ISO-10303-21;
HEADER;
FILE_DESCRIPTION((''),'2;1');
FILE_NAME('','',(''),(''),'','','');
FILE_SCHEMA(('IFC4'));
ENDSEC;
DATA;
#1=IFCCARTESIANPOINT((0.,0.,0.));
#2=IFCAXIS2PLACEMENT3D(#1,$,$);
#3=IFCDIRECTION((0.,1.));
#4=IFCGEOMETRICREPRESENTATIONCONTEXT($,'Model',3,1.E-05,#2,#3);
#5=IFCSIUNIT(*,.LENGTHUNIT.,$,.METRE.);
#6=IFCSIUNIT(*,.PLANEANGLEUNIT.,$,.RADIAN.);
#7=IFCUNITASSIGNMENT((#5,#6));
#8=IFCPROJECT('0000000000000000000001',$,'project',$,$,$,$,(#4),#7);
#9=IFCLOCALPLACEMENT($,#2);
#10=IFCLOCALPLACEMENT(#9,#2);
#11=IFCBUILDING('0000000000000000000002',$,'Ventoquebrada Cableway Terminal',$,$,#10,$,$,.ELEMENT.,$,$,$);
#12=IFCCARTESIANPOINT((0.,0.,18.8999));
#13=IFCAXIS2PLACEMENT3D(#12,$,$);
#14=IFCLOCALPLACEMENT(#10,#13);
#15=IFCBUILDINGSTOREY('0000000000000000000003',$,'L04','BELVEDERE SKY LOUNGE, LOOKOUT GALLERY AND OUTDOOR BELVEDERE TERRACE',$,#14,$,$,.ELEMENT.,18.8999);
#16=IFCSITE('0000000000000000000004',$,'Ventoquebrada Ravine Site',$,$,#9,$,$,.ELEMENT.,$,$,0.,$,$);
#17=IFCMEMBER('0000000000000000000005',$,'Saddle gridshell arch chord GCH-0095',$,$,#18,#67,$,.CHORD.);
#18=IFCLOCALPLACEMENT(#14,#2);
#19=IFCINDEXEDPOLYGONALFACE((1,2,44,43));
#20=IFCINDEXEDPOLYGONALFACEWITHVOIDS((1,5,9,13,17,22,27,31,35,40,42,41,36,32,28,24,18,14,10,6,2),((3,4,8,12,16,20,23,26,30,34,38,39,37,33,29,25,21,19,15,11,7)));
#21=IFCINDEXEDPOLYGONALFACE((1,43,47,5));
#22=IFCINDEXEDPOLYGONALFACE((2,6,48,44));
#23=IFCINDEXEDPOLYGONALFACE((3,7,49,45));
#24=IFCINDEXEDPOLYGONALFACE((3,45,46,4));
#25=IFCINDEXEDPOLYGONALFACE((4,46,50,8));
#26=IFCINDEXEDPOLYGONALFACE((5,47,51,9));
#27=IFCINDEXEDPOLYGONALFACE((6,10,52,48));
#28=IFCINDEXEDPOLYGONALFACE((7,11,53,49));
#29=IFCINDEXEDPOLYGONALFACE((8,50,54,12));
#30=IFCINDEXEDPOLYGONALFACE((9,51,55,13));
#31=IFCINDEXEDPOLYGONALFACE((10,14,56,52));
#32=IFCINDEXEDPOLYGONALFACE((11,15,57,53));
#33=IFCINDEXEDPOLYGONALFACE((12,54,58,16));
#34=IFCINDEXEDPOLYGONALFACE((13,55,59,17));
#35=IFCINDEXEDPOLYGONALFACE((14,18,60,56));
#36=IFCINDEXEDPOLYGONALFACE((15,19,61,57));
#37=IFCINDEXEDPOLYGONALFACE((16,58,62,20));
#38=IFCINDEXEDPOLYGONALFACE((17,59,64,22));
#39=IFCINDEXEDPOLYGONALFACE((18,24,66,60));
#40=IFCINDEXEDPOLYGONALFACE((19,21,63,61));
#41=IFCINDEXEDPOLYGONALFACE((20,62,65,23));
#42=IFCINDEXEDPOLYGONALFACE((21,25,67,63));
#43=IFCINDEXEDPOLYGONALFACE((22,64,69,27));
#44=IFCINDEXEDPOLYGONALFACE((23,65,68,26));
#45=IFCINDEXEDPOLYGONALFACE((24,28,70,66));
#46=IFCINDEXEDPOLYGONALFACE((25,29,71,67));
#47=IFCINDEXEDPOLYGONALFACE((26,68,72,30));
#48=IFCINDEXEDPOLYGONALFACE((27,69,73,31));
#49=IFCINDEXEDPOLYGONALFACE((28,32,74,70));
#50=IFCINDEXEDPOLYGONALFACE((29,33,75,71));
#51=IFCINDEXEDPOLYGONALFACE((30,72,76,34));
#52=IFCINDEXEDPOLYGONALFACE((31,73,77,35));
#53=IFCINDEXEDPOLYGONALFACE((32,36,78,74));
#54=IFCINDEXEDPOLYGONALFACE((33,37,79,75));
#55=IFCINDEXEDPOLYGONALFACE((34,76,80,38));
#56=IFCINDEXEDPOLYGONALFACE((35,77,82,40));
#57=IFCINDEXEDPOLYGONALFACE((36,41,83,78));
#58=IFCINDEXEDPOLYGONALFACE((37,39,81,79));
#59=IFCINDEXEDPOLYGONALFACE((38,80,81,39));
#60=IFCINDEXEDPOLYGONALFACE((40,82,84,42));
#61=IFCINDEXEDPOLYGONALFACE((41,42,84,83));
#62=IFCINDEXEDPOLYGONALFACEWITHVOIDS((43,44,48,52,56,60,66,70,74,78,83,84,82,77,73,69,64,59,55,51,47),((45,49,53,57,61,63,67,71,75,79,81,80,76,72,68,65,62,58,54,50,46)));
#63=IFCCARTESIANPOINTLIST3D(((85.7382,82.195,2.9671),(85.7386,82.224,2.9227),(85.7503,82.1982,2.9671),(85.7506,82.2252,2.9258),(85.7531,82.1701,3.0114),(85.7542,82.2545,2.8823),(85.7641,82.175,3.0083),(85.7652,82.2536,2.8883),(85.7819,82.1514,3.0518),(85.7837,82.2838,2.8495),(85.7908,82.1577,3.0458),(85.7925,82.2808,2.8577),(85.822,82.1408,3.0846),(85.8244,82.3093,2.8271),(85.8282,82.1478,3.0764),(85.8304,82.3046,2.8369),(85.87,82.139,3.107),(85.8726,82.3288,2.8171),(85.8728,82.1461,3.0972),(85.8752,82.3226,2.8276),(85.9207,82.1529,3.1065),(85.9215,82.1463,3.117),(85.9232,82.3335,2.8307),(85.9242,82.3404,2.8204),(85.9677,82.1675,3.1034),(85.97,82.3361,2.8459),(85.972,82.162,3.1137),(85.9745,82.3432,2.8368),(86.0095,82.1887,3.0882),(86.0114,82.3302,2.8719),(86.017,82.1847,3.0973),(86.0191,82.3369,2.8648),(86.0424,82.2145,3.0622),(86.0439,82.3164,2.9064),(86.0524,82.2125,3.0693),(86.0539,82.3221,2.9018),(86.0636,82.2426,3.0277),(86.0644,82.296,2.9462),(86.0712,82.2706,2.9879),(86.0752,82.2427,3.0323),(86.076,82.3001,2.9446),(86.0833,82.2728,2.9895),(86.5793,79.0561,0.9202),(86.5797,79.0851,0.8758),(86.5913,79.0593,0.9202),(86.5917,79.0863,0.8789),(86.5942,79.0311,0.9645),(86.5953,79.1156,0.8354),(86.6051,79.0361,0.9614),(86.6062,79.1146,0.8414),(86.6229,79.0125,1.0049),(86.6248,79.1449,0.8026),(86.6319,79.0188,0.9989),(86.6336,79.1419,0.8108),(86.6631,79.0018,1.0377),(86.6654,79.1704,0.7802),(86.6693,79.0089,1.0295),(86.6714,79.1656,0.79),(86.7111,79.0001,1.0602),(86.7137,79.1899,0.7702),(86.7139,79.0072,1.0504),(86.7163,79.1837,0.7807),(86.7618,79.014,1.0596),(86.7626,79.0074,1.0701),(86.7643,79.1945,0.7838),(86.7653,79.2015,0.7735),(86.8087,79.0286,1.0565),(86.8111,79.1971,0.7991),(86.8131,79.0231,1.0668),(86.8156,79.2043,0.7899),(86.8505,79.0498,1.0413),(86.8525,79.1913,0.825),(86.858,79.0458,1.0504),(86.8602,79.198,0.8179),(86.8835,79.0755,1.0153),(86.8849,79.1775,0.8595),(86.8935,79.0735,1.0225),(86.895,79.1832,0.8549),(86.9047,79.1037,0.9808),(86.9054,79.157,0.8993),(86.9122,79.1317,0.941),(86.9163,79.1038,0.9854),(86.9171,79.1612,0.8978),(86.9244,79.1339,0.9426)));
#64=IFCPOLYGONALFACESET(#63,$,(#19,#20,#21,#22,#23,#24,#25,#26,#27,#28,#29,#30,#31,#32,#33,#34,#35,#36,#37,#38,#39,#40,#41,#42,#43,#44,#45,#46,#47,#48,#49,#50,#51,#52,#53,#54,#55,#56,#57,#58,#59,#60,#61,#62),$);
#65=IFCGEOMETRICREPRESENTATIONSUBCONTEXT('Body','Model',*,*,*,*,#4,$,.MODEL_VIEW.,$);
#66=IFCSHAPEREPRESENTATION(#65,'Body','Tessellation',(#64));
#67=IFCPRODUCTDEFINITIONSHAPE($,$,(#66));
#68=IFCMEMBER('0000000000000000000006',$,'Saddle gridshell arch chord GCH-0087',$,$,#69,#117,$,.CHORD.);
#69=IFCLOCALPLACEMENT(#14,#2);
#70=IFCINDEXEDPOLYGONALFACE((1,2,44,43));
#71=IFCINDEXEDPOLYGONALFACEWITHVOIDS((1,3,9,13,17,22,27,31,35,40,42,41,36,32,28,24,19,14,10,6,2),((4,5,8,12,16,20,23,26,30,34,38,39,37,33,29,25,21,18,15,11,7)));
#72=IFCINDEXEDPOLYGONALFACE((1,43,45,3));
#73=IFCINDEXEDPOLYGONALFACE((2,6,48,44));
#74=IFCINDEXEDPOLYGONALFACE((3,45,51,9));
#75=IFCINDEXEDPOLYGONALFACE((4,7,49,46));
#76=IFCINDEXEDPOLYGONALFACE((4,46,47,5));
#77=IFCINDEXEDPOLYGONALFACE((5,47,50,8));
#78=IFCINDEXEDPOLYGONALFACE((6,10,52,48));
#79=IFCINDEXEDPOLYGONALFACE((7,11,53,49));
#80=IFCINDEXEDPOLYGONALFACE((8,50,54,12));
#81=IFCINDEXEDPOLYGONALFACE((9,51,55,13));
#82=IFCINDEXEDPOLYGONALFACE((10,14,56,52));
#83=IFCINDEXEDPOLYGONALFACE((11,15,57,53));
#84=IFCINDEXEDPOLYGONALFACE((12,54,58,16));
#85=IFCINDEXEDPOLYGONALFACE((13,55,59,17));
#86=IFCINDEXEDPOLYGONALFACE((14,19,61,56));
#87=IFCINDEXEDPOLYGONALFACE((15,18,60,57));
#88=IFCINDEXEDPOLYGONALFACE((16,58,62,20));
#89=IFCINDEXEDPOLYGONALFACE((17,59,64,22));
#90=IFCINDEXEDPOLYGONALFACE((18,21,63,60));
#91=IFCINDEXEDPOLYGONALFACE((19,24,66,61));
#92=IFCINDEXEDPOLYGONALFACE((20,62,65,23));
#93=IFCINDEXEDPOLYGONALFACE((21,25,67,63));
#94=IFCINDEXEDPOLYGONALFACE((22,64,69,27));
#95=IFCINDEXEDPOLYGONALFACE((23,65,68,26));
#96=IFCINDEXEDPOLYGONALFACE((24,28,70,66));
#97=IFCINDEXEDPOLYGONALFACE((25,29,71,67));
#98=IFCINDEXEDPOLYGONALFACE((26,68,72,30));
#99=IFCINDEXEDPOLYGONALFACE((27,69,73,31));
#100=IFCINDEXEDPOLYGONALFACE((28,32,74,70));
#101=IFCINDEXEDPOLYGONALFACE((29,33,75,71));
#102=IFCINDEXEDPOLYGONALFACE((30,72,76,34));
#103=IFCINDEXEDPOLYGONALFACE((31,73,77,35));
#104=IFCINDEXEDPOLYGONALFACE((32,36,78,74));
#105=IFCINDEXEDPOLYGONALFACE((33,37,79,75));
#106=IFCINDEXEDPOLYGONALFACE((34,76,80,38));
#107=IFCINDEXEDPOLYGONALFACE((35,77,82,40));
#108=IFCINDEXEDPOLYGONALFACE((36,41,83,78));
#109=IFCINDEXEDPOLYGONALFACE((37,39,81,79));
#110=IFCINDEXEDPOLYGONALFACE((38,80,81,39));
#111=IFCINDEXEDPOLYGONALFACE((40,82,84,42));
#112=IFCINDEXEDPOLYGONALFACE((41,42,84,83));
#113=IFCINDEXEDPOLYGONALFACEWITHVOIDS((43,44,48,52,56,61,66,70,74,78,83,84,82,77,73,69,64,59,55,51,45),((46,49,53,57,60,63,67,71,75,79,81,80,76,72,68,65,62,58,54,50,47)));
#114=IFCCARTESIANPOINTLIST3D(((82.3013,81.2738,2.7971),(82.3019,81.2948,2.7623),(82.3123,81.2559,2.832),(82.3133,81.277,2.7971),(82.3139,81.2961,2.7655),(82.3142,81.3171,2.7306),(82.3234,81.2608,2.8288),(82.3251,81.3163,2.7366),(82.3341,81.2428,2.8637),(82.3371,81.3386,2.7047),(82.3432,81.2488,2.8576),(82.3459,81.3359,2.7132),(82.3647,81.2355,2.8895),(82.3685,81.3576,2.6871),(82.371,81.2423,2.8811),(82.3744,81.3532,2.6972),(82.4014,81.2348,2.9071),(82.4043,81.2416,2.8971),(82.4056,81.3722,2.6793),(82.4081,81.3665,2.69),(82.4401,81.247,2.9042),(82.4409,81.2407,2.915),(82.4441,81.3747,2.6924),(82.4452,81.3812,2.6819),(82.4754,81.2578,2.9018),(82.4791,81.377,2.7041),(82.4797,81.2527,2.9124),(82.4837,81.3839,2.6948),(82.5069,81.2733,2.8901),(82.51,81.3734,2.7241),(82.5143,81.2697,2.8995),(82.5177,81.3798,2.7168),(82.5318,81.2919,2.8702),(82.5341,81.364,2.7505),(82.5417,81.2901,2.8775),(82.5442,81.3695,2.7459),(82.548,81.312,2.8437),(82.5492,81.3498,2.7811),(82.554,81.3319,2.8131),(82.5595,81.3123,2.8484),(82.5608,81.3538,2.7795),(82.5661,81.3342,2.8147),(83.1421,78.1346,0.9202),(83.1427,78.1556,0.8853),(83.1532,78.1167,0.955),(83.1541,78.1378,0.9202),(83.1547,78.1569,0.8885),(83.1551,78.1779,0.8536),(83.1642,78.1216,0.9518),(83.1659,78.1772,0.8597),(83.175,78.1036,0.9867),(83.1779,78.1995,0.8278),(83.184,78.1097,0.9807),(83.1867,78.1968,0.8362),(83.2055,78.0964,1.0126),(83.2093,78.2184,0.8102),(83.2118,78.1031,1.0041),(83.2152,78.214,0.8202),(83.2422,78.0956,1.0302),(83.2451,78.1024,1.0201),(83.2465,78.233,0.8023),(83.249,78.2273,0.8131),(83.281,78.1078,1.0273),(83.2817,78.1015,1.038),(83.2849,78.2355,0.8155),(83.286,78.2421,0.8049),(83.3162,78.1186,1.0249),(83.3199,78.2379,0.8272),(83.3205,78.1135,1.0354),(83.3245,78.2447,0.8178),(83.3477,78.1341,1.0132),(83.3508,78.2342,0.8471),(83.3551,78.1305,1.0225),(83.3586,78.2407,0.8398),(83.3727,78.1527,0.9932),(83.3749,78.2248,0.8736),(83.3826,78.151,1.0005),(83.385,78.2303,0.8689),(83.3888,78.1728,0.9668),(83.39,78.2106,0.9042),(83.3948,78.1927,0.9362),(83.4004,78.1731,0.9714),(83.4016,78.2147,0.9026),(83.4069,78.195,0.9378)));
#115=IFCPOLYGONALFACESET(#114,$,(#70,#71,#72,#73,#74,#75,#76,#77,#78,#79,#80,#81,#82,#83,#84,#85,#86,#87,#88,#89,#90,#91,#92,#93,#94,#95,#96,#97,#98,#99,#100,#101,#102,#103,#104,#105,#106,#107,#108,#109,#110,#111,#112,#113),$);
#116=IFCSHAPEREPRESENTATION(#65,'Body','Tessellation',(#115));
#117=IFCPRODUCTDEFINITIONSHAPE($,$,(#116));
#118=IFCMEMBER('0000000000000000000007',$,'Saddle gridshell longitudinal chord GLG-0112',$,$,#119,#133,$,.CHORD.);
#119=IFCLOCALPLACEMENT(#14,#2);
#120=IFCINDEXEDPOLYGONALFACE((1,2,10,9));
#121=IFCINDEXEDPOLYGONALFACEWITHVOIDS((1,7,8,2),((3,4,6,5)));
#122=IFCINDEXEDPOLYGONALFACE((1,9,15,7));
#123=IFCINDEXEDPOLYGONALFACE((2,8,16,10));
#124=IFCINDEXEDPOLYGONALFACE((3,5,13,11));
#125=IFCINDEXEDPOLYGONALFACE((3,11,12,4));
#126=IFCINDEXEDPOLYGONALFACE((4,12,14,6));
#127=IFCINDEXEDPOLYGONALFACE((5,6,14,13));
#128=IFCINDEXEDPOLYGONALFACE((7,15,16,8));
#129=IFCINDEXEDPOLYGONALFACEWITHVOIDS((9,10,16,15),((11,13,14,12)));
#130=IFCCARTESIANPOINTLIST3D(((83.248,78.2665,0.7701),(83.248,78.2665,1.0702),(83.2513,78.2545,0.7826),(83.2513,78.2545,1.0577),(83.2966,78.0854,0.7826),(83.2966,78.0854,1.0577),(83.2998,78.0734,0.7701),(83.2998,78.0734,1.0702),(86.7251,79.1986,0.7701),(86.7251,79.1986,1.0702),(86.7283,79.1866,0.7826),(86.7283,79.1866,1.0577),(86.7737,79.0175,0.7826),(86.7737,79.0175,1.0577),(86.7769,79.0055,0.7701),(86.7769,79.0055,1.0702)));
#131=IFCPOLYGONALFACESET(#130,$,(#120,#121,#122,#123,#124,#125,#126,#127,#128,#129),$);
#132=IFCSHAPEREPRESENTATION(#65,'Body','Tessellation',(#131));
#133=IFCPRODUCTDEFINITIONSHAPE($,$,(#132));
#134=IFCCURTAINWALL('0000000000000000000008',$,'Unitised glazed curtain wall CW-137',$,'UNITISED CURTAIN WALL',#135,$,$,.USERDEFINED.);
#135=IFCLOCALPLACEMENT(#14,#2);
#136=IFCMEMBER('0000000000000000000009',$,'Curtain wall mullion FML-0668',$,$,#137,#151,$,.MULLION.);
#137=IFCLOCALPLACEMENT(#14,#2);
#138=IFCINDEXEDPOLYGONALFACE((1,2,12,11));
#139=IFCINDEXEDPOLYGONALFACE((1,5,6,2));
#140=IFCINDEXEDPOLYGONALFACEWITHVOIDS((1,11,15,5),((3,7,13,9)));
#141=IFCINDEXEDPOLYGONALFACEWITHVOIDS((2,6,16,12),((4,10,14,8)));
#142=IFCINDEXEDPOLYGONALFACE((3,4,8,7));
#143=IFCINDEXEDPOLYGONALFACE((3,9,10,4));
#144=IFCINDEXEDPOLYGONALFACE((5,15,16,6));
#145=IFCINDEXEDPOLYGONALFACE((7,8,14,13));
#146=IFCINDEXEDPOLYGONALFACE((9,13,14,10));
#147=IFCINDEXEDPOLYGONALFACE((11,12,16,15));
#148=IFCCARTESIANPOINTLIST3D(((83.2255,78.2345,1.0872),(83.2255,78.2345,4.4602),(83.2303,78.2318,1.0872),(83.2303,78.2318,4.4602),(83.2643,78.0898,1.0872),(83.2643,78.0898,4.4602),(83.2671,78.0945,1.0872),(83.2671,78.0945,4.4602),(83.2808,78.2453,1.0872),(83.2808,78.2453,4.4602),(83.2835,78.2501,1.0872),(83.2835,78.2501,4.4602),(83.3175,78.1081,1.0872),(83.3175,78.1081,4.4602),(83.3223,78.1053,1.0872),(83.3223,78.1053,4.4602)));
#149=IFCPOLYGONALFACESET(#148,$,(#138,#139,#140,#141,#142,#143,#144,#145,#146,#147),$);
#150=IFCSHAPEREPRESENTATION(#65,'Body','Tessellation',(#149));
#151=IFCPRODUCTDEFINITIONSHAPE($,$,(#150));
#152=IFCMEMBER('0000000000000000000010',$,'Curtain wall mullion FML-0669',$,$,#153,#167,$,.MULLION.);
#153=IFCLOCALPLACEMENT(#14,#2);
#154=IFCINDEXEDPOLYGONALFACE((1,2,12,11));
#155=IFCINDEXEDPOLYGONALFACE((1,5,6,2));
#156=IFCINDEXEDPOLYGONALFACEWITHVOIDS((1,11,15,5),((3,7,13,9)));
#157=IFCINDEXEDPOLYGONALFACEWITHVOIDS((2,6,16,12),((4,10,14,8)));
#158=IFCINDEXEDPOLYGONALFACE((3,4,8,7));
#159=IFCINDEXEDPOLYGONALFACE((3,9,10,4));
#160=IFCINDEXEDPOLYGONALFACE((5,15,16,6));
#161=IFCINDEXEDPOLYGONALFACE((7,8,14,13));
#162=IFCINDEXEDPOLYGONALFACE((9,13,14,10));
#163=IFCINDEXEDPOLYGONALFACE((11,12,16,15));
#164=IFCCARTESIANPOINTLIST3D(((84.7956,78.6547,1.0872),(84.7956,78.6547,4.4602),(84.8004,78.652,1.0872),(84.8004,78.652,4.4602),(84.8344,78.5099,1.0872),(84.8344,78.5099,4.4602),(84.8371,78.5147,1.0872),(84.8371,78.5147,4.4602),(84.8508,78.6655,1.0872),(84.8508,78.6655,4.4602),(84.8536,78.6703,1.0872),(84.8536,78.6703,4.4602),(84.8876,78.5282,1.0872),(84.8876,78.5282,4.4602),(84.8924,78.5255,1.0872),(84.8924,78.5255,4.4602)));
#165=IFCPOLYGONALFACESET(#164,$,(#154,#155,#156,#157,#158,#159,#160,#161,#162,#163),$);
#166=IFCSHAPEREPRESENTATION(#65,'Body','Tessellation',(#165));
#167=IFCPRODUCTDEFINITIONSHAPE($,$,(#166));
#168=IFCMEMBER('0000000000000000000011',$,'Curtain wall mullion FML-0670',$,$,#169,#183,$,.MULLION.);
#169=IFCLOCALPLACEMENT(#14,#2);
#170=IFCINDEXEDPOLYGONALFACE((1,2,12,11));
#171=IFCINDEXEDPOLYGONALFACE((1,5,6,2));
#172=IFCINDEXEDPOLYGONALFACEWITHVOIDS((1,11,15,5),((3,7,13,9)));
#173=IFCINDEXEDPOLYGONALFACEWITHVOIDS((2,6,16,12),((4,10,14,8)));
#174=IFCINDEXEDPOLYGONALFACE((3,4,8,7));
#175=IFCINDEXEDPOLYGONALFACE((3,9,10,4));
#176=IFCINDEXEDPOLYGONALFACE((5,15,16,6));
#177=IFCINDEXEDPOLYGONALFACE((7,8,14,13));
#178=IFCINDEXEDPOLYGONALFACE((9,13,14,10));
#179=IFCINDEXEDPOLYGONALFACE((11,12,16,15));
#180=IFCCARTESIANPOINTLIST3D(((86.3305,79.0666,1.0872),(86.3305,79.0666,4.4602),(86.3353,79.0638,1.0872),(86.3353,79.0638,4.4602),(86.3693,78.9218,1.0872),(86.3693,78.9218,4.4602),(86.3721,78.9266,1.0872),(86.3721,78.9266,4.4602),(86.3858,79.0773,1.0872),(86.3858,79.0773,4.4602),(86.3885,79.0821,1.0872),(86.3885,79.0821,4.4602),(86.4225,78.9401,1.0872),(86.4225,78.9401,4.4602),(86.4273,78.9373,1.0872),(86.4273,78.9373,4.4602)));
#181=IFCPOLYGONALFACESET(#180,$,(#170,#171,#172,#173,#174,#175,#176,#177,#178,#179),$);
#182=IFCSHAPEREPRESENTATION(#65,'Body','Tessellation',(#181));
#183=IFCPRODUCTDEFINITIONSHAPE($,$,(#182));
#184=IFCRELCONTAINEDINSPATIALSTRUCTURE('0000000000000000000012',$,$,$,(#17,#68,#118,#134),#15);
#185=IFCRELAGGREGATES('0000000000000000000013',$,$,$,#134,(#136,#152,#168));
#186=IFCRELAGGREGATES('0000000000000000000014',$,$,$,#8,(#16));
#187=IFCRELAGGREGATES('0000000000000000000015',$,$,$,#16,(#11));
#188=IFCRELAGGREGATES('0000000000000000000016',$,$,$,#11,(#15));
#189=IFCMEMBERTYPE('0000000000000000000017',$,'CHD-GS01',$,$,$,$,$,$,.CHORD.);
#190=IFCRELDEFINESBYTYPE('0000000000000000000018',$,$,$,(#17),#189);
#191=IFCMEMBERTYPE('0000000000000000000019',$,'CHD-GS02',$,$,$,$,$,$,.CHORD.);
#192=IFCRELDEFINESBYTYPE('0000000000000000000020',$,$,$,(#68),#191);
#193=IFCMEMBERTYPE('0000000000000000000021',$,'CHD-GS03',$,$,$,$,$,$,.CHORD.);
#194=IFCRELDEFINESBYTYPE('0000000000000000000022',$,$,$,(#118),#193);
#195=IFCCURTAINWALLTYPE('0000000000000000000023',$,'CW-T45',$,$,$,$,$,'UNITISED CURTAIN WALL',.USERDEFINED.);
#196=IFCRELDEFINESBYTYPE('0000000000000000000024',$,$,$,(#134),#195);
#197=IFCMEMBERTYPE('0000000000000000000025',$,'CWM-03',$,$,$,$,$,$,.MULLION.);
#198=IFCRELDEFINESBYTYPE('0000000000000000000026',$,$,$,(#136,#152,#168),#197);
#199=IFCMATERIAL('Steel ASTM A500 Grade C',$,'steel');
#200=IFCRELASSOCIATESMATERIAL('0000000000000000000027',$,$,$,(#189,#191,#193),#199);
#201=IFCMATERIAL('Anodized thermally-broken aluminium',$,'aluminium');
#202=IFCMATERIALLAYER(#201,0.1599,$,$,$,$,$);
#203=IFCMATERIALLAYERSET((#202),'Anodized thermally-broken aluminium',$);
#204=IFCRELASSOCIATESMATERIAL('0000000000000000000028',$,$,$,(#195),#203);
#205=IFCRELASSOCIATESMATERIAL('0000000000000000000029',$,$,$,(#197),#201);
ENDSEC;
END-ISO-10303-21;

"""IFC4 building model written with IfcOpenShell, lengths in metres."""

from ifc_helpers import new_model, si_unit, direction, frame, origin, origin_2d, place, context, subcontext, project, spatial, hollow_rectangle, hollow_circle, extrude, material, layer, layer_set, material_profile, profile_set, type_object, element, aggregate, save


model = new_model("IFC4")

# Units and contexts
model_context = context("Model", 3, precision=1e-05, world=origin(), true_north=direction((0.0, 1.0)))
body_context = subcontext(model_context, "Body", "Model", "MODEL_VIEW")
ifc_project = project(units=[si_unit("LENGTHUNIT", "METRE"), si_unit("PLANEANGLEUNIT", "RADIAN")], contexts=[model_context])

# Site, building, storey
site_placement = place(None, origin())
site = spatial("IfcSite", under=ifc_project, at=site_placement, Name="Ventoquebrada Ravine Site", CompositionType="ELEMENT", RefElevation=0.0)
building_placement = place(site_placement, origin())
building = spatial("IfcBuilding", under=site, at=building_placement, Name="Ventoquebrada Cableway Terminal", CompositionType="ELEMENT")
storey_placement = place(building_placement, frame((0.0, 0.0, 18.8999)))
storey = spatial("IfcBuildingStorey", under=building, at=storey_placement, Name="L04", Description="BELVEDERE SKY LOUNGE, LOOKOUT GALLERY AND OUTDOOR BELVEDERE TERRACE", CompositionType="ELEMENT", Elevation=18.8999)

# Members
ifc_material_1 = material(Name="Steel ASTM A500 Grade C", Category="steel")
ifc_material_profile_1 = material_profile(ifc_material_1, hollow_circle(Radius=0.1777, WallThickness=0.0125, at=origin_2d()), Name="CHS355.6X12.5")
ifc_profile_set_1 = profile_set([ifc_material_profile_1], Name="Steel ASTM A500 Grade C")
member_type_1 = type_object("IfcMemberType", Name="CHD-GS01", PredefinedType="CHORD", material=ifc_profile_set_1)
member_1_placement = place(storey_placement, frame((86.751, 79.1021, 0.9202), z_axis=(-0.218995, 0.817307, 0.532963), x_axis=(-0.965926, -0.258817, 0.0)))
element("IfcMember", 1, at=member_1_placement, inside=storey, type_object=member_type_1, Name="Saddle gridshell arch chord GCH-0095", PredefinedType="CHORD", context=body_context, shape_type="SweptSolid", body=[
    extrude(hollow_circle(Radius=0.1777, WallThickness=0.0125, at=origin_2d()), origin(), (0.0, 0.0, 1.0), 3.8406),
])
ifc_material_profile_2 = material_profile(ifc_material_1, hollow_circle(Radius=0.1365, WallThickness=0.0125, at=origin_2d()), Name="CHS273.0X12.5")
ifc_profile_set_2 = profile_set([ifc_material_profile_2], Name="Steel ASTM A500 Grade C")
member_type_2 = type_object("IfcMemberType", Name="CHD-GS02", PredefinedType="CHORD", material=ifc_profile_set_2)
member_2_placement = place(storey_placement, frame((83.2739, 78.1699, 0.9202), z_axis=(-0.224045, 0.836463, 0.500134), x_axis=(-0.96595, -0.258729, 0.0)))
element("IfcMember", 2, at=member_2_placement, inside=storey, type_object=member_type_2, Name="Saddle gridshell arch chord GCH-0087", PredefinedType="CHORD", context=body_context, shape_type="SweptSolid", body=[
    extrude(hollow_circle(Radius=0.1365, WallThickness=0.0125, at=origin_2d()), origin(), (0.0, 0.0, 1.0), 3.7529),
])
ifc_material_profile_3 = material_profile(ifc_material_1, hollow_rectangle(XDim=0.2, YDim=0.3, WallThickness=0.0125, at=origin_2d()), Name="RHS300X200X12.5")
ifc_profile_set_3 = profile_set([ifc_material_profile_3], Name="Steel ASTM A500 Grade C")
member_type_3 = type_object("IfcMemberType", Name="CHD-GS03", PredefinedType="CHORD", material=ifc_profile_set_3)
member_3_placement = place(storey_placement, frame((83.2739, 78.1699, 0.9202), z_axis=(0.965894, 0.258937, 0.0), x_axis=(-0.258937, 0.965894, 0.0)))
element("IfcMember", 3, at=member_3_placement, inside=storey, type_object=member_type_3, Name="Saddle gridshell longitudinal chord GLG-0112", PredefinedType="CHORD", context=body_context, shape_type="SweptSolid", body=[
    extrude(hollow_rectangle(XDim=0.2, YDim=0.3, WallThickness=0.0125, at=origin_2d()), origin(), (0.0, 0.0, 1.0), 3.5999),
])

# Curtain wall, members
ifc_material_2 = material(Name="Anodized thermally-broken aluminium", Category="aluminium")
ifc_layer_1 = layer(ifc_material_2, 0.1599)
ifc_layer_set_1 = layer_set([ifc_layer_1], Name="Anodized thermally-broken aluminium")
curtain_wall_type_1 = type_object("IfcCurtainWallType", Name="CW-T45", ElementType="UNITISED CURTAIN WALL", PredefinedType="USERDEFINED", material=ifc_layer_set_1)
curtain_wall_1_placement = place(storey_placement, origin())
curtain_wall_1 = element("IfcCurtainWall", 4, at=curtain_wall_1_placement, inside=storey, type_object=curtain_wall_type_1, Name="Unitised glazed curtain wall CW-137", ObjectType="UNITISED CURTAIN WALL", PredefinedType="USERDEFINED")
ifc_material_profile_4 = material_profile(ifc_material_2, hollow_rectangle(XDim=0.0601, YDim=0.1499, WallThickness=0.0039, at=origin_2d()), Name="CW-MUL-60X150")
ifc_profile_set_4 = profile_set([ifc_material_profile_4], Name="Anodized thermally-broken aluminium")
member_type_4 = type_object("IfcMemberType", Name="CWM-03", PredefinedType="MULLION", material=ifc_profile_set_4)
member_4_placement = place(storey_placement, frame((83.2739, 78.1699, 1.0872), z_axis=(0.0, 0.0, 1.0), x_axis=(0.965935, 0.258785, 0.0)))
member_4 = element("IfcMember", 5, at=member_4_placement, type_object=member_type_4, Name="Curtain wall mullion FML-0668", PredefinedType="MULLION", context=body_context, shape_type="SweptSolid", body=[
    extrude(hollow_rectangle(XDim=0.0601, YDim=0.1499, WallThickness=0.0039, at=origin_2d()), origin(), (0.0, 0.0, 1.0), 3.373),
])
member_5_placement = place(storey_placement, frame((84.844, 78.5901, 1.0872), z_axis=(0.0, 0.0, 1.0), x_axis=(0.965935, 0.258785, 0.0)))
member_5 = element("IfcMember", 6, at=member_5_placement, type_object=member_type_4, Name="Curtain wall mullion FML-0669", PredefinedType="MULLION", context=body_context, shape_type="SweptSolid", body=[
    extrude(hollow_rectangle(XDim=0.0601, YDim=0.1499, WallThickness=0.0039, at=origin_2d()), origin(), (0.0, 0.0, 1.0), 3.373),
])
member_6_placement = place(storey_placement, frame((86.3789, 79.002, 1.0872), z_axis=(0.0, 0.0, 1.0), x_axis=(0.965935, 0.258785, 0.0)))
member_6 = element("IfcMember", 7, at=member_6_placement, type_object=member_type_4, Name="Curtain wall mullion FML-0670", PredefinedType="MULLION", context=body_context, shape_type="SweptSolid", body=[
    extrude(hollow_rectangle(XDim=0.0601, YDim=0.1499, WallThickness=0.0039, at=origin_2d()), origin(), (0.0, 0.0, 1.0), 3.373),
])

aggregate(curtain_wall_1, [member_4, member_5, member_6])

save(model, "model.ifc")
